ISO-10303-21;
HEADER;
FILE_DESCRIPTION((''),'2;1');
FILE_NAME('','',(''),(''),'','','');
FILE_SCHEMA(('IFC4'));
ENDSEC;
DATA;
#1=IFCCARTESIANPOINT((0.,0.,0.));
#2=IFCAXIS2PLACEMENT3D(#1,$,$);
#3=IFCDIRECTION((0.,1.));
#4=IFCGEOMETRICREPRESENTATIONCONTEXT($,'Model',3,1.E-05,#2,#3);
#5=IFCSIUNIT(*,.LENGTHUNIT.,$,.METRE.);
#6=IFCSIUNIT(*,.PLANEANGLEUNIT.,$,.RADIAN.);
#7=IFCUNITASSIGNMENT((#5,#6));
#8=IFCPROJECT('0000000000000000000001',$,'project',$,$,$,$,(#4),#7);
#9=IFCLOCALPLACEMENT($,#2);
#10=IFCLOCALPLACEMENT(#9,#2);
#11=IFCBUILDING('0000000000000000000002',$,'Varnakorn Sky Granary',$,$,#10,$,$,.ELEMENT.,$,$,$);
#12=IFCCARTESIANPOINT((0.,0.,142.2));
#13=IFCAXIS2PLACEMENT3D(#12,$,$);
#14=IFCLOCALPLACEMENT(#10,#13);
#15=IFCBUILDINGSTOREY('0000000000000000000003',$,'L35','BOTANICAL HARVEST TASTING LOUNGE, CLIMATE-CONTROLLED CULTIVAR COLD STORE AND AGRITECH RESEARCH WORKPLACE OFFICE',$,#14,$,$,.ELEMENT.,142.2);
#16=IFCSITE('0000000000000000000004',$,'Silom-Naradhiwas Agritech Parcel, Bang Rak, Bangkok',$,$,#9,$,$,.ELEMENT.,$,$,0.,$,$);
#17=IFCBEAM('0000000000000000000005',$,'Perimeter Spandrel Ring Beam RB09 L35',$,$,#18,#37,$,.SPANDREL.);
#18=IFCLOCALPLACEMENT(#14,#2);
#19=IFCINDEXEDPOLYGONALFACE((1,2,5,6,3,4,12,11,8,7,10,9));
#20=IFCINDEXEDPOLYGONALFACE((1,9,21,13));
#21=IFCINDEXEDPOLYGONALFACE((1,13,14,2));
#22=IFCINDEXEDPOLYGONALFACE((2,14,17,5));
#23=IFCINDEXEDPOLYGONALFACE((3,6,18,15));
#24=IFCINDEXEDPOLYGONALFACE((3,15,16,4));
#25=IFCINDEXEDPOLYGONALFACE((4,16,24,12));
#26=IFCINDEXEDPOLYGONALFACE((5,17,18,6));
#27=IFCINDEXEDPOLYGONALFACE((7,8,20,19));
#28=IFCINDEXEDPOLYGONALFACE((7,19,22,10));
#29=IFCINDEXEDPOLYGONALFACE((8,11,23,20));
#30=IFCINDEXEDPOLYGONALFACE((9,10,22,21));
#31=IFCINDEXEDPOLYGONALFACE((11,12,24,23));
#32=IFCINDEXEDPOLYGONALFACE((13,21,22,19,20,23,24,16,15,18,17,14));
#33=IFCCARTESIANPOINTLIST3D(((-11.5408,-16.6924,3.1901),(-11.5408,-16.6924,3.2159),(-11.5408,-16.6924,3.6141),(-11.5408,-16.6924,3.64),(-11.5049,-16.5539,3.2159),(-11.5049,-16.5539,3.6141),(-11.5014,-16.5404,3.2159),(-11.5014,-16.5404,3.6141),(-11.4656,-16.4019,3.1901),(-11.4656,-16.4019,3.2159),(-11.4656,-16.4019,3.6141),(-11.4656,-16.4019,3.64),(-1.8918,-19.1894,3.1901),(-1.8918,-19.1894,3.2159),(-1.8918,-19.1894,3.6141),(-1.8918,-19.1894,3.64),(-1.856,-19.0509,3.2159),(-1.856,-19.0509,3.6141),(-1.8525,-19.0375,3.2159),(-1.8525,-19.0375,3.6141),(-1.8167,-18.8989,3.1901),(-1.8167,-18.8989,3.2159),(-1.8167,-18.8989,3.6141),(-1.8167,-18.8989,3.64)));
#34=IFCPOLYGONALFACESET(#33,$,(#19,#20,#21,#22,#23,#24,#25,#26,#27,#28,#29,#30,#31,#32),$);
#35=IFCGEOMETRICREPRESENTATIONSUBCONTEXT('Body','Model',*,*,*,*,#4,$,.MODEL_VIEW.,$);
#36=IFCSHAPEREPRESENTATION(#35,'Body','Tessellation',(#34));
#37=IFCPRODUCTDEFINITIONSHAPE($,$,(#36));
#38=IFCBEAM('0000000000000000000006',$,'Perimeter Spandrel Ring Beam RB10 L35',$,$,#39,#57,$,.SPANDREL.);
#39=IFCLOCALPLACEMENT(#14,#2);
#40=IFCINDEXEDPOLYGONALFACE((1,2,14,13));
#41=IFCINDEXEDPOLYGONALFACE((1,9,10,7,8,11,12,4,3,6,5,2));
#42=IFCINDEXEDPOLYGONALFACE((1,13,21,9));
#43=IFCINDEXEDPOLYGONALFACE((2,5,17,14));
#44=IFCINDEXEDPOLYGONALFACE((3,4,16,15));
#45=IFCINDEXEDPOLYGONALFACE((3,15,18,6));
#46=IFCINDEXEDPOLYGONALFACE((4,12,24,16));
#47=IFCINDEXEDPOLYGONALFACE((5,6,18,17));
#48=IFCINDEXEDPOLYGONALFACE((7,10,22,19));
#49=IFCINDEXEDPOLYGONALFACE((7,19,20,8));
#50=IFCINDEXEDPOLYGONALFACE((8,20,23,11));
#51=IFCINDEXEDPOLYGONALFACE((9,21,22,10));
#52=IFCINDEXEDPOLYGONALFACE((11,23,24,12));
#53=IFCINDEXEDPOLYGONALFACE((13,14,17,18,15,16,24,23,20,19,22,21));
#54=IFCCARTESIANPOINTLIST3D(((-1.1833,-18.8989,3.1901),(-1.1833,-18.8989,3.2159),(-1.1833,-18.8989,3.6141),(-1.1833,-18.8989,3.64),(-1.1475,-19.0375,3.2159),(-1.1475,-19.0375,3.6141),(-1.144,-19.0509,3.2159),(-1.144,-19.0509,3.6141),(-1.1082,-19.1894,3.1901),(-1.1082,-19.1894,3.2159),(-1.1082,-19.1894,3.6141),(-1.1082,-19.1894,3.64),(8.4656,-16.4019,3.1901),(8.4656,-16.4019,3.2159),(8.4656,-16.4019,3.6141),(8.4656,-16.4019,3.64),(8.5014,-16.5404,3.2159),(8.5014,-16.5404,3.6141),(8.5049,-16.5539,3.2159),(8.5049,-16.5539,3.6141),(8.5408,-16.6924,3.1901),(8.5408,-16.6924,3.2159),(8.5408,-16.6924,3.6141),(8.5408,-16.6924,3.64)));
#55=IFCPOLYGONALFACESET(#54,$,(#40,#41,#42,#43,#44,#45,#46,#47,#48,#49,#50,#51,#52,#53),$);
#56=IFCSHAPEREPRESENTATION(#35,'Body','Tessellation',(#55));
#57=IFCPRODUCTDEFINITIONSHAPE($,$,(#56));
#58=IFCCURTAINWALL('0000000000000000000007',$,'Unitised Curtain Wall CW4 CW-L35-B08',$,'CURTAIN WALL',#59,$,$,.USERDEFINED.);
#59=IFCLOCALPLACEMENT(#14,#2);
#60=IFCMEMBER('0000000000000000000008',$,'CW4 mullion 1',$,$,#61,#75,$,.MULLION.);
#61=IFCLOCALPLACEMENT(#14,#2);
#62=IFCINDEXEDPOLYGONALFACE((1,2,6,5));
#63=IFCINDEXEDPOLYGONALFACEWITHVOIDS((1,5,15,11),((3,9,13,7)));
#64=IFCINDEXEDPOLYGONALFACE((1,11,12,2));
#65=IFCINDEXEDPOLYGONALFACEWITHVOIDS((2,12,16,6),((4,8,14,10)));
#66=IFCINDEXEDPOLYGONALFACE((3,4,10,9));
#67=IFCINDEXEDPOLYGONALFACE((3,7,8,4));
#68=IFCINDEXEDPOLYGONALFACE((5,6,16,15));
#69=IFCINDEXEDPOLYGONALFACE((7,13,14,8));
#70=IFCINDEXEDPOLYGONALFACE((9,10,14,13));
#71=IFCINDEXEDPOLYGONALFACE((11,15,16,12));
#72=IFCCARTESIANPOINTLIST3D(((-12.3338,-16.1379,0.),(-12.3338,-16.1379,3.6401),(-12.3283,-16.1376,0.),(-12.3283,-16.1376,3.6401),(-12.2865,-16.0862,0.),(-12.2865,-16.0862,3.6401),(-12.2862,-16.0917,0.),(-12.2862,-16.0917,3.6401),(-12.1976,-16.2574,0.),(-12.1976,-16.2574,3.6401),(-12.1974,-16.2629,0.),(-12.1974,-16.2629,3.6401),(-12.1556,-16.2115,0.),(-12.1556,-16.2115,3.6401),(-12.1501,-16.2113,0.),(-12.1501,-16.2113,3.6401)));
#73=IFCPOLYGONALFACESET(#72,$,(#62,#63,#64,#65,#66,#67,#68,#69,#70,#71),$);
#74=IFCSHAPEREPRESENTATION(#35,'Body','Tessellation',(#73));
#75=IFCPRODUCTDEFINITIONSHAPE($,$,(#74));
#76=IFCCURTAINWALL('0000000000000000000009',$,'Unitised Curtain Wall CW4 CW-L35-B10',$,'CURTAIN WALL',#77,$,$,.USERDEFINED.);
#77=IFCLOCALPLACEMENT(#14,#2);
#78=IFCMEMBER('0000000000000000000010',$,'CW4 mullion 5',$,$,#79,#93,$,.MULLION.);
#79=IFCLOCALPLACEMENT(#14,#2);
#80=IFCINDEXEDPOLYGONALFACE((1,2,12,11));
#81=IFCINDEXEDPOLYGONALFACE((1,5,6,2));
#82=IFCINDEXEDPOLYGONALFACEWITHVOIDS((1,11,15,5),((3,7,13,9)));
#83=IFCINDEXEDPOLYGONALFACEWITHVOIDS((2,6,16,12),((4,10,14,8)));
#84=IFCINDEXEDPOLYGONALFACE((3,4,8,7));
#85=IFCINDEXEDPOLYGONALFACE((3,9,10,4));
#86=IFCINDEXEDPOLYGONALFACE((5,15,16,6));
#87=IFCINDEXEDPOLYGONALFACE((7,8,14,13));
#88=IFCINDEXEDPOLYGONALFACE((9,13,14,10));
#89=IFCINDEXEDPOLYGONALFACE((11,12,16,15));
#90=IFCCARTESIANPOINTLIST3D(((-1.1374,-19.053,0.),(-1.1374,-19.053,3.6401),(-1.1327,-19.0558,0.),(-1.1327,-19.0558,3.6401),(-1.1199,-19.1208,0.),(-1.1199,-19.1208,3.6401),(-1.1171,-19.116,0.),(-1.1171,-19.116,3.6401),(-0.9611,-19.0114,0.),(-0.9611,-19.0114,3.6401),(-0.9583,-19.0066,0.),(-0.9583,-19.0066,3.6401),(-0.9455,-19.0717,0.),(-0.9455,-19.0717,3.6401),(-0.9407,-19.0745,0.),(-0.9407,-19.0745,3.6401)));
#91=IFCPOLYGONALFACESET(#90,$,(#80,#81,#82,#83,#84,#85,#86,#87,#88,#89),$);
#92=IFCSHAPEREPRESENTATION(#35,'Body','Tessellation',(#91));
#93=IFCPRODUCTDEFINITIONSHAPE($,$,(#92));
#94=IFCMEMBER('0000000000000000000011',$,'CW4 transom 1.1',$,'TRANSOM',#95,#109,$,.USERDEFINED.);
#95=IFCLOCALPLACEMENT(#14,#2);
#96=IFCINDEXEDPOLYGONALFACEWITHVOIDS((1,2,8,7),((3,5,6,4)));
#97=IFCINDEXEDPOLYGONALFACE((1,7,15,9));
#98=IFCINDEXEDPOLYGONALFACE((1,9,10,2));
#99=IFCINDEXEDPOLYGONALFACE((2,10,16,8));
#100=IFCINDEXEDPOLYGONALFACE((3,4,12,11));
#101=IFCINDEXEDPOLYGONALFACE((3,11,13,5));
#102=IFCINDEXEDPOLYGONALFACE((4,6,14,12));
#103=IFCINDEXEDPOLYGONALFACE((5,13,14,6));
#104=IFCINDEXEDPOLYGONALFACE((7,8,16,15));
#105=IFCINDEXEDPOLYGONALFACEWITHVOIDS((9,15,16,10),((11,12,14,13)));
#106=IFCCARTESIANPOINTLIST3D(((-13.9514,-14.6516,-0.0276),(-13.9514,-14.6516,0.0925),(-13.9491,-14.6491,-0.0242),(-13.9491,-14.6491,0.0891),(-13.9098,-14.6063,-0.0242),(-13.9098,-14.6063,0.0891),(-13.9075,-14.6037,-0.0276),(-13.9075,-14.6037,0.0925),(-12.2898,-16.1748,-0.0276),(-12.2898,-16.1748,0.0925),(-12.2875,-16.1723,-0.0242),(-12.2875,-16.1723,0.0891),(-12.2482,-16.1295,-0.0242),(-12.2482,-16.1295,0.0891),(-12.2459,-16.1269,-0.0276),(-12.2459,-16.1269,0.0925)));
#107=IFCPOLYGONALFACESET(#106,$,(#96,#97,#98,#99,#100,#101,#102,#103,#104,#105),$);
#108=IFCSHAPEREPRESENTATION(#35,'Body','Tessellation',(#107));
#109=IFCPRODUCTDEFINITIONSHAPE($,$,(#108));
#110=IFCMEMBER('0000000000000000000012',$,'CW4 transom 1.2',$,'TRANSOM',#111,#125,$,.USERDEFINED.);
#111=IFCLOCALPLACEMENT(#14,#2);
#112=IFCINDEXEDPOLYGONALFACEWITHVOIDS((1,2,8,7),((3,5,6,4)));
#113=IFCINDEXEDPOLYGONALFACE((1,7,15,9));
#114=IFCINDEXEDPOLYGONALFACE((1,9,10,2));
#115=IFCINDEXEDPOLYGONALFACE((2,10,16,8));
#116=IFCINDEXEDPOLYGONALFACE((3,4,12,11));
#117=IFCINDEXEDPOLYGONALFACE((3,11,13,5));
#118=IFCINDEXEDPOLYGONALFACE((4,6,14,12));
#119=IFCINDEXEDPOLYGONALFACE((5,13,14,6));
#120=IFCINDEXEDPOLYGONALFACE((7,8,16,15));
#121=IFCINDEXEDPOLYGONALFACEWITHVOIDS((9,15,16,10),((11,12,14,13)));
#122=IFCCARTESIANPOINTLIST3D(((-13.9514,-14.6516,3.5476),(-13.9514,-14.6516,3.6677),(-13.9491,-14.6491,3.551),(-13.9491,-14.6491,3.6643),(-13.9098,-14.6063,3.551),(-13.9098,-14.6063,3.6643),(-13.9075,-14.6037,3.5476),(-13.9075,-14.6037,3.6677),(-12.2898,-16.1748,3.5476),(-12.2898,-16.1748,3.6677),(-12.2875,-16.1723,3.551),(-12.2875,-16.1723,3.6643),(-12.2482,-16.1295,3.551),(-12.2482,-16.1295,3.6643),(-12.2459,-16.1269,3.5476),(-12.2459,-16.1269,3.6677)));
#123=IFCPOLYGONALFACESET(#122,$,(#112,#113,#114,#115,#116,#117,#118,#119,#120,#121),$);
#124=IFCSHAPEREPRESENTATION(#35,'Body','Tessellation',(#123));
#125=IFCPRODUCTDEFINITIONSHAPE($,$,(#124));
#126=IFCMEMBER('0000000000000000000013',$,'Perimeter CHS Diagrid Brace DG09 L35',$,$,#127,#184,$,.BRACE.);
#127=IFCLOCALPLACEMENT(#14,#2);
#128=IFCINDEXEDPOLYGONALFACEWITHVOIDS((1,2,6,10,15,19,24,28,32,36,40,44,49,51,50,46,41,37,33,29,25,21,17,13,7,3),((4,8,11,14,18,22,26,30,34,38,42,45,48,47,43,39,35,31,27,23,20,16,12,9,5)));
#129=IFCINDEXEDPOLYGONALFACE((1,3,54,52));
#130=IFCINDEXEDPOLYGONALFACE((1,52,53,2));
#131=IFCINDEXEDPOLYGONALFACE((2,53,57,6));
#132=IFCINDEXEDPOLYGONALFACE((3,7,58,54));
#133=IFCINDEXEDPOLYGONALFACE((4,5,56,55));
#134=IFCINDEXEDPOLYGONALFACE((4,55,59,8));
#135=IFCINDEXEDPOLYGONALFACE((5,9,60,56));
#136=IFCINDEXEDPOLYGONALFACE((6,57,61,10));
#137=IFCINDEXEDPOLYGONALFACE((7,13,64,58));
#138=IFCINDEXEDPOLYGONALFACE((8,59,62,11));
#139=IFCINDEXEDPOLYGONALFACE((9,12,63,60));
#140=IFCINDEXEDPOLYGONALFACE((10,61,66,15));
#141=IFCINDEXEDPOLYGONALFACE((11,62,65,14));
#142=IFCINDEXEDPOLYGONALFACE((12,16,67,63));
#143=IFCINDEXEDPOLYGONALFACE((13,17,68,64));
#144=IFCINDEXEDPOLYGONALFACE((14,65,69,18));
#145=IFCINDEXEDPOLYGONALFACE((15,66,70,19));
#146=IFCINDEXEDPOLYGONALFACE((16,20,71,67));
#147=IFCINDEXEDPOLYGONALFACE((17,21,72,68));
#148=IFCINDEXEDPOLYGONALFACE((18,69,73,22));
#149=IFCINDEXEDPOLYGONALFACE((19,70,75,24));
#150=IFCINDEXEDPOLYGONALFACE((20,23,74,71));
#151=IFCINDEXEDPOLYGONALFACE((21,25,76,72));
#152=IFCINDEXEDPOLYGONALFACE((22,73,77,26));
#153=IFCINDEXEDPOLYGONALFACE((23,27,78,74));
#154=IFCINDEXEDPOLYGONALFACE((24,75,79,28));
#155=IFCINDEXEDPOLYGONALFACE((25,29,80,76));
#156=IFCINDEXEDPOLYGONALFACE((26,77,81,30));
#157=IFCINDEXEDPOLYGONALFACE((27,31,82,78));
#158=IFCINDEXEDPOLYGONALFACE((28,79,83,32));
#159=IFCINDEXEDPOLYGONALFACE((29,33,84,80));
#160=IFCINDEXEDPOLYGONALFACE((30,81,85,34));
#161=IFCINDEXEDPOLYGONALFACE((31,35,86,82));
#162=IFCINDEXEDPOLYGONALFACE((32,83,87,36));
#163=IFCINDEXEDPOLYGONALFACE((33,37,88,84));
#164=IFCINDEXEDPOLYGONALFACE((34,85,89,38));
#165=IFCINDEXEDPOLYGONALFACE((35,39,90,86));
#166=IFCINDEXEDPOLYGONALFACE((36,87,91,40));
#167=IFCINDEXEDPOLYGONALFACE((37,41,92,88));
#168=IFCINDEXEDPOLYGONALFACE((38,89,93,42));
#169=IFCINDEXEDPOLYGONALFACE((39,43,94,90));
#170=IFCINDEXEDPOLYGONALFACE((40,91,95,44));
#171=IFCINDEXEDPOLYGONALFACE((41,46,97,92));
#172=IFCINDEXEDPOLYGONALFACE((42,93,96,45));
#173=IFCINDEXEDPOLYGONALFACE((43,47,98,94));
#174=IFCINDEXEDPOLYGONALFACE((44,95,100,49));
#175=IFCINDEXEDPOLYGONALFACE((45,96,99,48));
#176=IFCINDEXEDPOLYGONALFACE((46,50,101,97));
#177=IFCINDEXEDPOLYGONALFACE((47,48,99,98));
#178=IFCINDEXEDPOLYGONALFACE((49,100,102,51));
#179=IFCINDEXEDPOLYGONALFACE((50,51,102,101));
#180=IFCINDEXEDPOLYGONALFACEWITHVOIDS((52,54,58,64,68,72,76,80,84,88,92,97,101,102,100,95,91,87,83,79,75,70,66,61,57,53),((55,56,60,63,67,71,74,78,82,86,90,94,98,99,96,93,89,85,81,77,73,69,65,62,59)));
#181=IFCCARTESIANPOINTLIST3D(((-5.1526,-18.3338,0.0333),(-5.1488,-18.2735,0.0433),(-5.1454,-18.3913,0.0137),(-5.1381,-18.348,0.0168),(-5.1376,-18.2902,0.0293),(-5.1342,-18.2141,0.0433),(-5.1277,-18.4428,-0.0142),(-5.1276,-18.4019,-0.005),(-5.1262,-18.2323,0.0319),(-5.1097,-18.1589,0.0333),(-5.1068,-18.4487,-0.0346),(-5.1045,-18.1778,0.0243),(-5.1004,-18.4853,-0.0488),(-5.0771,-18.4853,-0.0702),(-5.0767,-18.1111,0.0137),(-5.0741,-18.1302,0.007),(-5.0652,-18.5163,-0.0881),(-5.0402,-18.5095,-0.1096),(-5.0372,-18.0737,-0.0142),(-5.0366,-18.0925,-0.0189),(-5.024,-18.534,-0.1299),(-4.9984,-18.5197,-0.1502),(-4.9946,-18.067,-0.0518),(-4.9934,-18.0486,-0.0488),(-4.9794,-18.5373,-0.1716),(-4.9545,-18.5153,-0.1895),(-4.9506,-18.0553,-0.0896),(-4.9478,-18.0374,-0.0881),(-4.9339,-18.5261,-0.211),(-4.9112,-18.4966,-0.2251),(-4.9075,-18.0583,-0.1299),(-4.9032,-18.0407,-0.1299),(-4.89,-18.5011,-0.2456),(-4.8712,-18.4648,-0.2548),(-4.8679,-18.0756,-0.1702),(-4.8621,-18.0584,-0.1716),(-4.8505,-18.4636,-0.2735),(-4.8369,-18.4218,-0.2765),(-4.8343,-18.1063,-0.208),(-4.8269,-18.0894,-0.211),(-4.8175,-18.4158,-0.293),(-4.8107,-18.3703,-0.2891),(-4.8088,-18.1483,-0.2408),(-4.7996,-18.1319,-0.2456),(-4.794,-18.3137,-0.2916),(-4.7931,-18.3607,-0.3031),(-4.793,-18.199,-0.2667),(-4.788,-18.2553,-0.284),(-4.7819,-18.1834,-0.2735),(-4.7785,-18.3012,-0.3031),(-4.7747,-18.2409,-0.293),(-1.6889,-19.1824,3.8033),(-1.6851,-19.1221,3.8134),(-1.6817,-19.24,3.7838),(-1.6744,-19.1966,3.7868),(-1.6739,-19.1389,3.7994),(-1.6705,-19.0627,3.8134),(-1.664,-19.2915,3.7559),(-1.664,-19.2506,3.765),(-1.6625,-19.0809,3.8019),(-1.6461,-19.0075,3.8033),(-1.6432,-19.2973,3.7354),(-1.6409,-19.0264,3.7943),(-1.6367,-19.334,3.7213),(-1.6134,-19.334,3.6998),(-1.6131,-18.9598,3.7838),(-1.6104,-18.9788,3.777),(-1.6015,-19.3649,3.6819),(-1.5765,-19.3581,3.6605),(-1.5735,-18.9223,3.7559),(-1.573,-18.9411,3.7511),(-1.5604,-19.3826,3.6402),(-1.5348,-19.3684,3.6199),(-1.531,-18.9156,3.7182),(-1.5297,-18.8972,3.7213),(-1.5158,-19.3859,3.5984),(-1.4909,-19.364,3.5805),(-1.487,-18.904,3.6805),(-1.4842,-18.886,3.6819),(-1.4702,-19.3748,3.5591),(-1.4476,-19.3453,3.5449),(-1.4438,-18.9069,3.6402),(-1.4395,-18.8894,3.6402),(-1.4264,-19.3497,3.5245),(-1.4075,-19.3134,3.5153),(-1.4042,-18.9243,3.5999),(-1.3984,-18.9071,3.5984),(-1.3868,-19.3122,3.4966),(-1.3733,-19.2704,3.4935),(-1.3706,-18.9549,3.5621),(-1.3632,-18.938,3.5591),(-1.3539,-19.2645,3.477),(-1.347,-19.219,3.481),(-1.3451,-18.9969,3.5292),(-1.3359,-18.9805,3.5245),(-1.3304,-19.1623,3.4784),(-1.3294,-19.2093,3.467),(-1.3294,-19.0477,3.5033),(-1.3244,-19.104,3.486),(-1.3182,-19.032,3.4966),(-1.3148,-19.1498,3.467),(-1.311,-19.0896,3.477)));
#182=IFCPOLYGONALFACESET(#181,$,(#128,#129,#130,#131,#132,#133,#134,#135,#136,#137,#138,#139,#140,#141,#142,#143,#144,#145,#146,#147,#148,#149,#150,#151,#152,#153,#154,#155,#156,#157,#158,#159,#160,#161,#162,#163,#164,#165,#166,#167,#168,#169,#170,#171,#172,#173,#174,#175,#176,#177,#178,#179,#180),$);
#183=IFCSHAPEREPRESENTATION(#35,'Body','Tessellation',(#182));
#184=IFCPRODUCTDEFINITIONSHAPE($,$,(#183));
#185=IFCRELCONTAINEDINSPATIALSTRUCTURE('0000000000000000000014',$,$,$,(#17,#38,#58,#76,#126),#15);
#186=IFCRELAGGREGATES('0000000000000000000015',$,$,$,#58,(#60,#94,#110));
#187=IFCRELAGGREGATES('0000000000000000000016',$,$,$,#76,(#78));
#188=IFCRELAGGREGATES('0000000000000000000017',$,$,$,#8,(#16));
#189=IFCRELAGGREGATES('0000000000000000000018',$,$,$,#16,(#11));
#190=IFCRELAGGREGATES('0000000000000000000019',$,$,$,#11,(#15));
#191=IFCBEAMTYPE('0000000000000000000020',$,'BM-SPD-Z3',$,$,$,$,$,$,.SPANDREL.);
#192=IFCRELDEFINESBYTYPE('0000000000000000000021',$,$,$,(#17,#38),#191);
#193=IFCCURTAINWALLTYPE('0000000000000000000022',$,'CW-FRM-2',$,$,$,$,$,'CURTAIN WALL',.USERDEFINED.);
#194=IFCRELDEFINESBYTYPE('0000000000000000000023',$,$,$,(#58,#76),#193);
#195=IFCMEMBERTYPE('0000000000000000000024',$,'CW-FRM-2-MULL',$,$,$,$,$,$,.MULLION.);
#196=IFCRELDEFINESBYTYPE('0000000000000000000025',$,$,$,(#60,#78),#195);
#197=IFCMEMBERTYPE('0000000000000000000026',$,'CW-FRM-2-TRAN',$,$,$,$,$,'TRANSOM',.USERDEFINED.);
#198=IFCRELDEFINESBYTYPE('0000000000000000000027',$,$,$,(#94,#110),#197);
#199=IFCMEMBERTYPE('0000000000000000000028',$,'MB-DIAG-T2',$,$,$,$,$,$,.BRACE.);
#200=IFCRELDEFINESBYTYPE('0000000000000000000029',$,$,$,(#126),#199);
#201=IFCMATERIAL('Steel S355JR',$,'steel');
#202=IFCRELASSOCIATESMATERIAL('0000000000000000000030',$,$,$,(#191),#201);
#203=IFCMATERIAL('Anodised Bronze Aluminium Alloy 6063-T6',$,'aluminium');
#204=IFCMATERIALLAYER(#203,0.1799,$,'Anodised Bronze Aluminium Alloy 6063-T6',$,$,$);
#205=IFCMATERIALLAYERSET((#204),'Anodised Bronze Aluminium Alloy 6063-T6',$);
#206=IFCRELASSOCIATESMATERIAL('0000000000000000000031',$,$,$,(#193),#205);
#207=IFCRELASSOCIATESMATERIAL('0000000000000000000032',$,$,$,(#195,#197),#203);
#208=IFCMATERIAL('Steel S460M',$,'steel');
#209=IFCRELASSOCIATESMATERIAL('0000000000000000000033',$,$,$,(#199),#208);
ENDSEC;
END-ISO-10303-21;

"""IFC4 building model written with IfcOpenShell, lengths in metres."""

from ifc_helpers import new_model, si_unit, direction, frame, origin, origin_2d, place, context, subcontext, project, spatial, hollow_rectangle, hollow_circle, i_section, extrude, material, layer, layer_set, material_profile, profile_set, type_object, element, aggregate, save


model = new_model("IFC4")

# Units and contexts
model_context = context("Model", 3, precision=1e-05, world=origin(), true_north=direction((0.0, 1.0)))
body_context = subcontext(model_context, "Body", "Model", "MODEL_VIEW")
ifc_project = project(units=[si_unit("LENGTHUNIT", "METRE"), si_unit("PLANEANGLEUNIT", "RADIAN")], contexts=[model_context])

# Site, building, storey
site_placement = place(None, origin())
site = spatial("IfcSite", under=ifc_project, at=site_placement, Name="Silom-Naradhiwas Agritech Parcel, Bang Rak, Bangkok", CompositionType="ELEMENT", RefElevation=0.0)
building_placement = place(site_placement, origin())
building = spatial("IfcBuilding", under=site, at=building_placement, Name="Varnakorn Sky Granary", CompositionType="ELEMENT")
storey_placement = place(building_placement, frame((0.0, 0.0, 142.2)))
storey = spatial("IfcBuildingStorey", under=building, at=storey_placement, Name="L35", Description="BOTANICAL HARVEST TASTING LOUNGE, CLIMATE-CONTROLLED CULTIVAR COLD STORE AND AGRITECH RESEARCH WORKPLACE OFFICE", CompositionType="ELEMENT", Elevation=142.2)

# Shared definitions
ifc_material_1 = material(Name="Steel S460M", Category="steel")

# Beams
ifc_material_2 = material(Name="Steel S355JR", Category="steel")
ifc_material_profile_1 = material_profile(ifc_material_2, i_section(OverallWidth=0.3, OverallDepth=0.45, WebThickness=0.0139, FlangeThickness=0.0259, at=origin_2d()), Name="HE 450 B")
ifc_profile_set_1 = profile_set([ifc_material_profile_1], Name="Steel S355JR")
beam_type_1 = type_object("IfcBeamType", Name="BM-SPD-Z3", PredefinedType="SPANDREL", material=ifc_profile_set_1)
for number, where, z_axis, x_axis, name in (
    (1, (-11.5032, -16.5471, 3.415), (0.968107, -0.250539, 0.0), (0.250539, 0.968107, 0.0), "Perimeter Spandrel Ring Beam RB09 L35"),
    (2, (-1.1458, -19.0442, 3.415), (0.968107, 0.250539, 0.0), (-0.250539, 0.968107, 0.0), "Perimeter Spandrel Ring Beam RB10 L35"),
):
    element("IfcBeam", number, at=place(storey_placement, frame(where, z_axis=z_axis, x_axis=x_axis)), inside=storey, type_object=beam_type_1, Name=name, PredefinedType="SPANDREL", context=body_context, shape_type="SweptSolid", body=[
        extrude(i_section(OverallWidth=0.3, OverallDepth=0.45, WebThickness=0.0139, FlangeThickness=0.0259, at=origin_2d()), origin(), (0.0, 0.0, 1.0), 9.9668),
    ])

# Curtain walls, members
ifc_material_3 = material(Name="Anodised Bronze Aluminium Alloy 6063-T6", Category="aluminium")
ifc_layer_1 = layer(ifc_material_3, 0.1799, Name="Anodised Bronze Aluminium Alloy 6063-T6")
ifc_layer_set_1 = layer_set([ifc_layer_1], Name="Anodised Bronze Aluminium Alloy 6063-T6")
curtain_wall_type = type_object("IfcCurtainWallType", Name="CW-FRM-2", ElementType="CURTAIN WALL", PredefinedType="USERDEFINED", material=ifc_layer_set_1)
curtain_wall_1_placement = place(storey_placement, origin())
curtain_wall_1 = element("IfcCurtainWall", 3, at=curtain_wall_1_placement, inside=storey, type_object=curtain_wall_type, Name="Unitised Curtain Wall CW4 CW-L35-B08", ObjectType="CURTAIN WALL", PredefinedType="USERDEFINED")
ifc_material_profile_2 = material_profile(ifc_material_3, hollow_rectangle(XDim=0.0701, YDim=0.1851, WallThickness=0.0039, at=origin_2d()), Name="ALU MULL 70x185")
ifc_profile_set_2 = profile_set([ifc_material_profile_2], Name="Anodised Bronze Aluminium Alloy 6063-T6")
member_type_1 = type_object("IfcMemberType", Name="CW-FRM-2-MULL", PredefinedType="MULLION", material=ifc_profile_set_2)
member_1_placement = place(storey_placement, frame((-12.2419, -16.1746, 0.0), z_axis=(0.0, 0.0, 1.0), x_axis=(-0.675685, -0.737191, 0.0)))
member_1 = element("IfcMember", 4, at=member_1_placement, type_object=member_type_1, Name="CW4 mullion 1", PredefinedType="MULLION", context=body_context, shape_type="SweptSolid", body=[
    extrude(hollow_rectangle(XDim=0.0701, YDim=0.1851, WallThickness=0.0039, at=origin_2d()), origin(), (0.0, 0.0, 1.0), 3.6401),
])
curtain_wall_2_placement = place(storey_placement, origin())
curtain_wall_2 = element("IfcCurtainWall", 5, at=curtain_wall_2_placement, inside=storey, type_object=curtain_wall_type, Name="Unitised Curtain Wall CW4 CW-L35-B10", ObjectType="CURTAIN WALL", PredefinedType="USERDEFINED")
member_2_placement = place(storey_placement, frame((-1.0391, -19.0637, 0.0), z_axis=(0.0, 0.0, 1.0), x_axis=(0.250348, -0.968156, 0.0)))
member_2 = element("IfcMember", 6, at=member_2_placement, type_object=member_type_1, Name="CW4 mullion 5", PredefinedType="MULLION", context=body_context, shape_type="SweptSolid", body=[
    extrude(hollow_rectangle(XDim=0.0701, YDim=0.1851, WallThickness=0.0039, at=origin_2d()), origin(), (0.0, 0.0, 1.0), 3.6401),
])

# Members
ifc_material_profile_3 = material_profile(ifc_material_3, hollow_rectangle(XDim=0.0649, YDim=0.1201, WallThickness=0.0034, at=origin_2d()), Name="ALU TRAN 65x120")
ifc_profile_set_3 = profile_set([ifc_material_profile_3], Name="Anodised Bronze Aluminium Alloy 6063-T6")
member_type_2 = type_object("IfcMemberType", Name="CW-FRM-2-TRAN", ElementType="TRANSOM", PredefinedType="USERDEFINED", material=ifc_profile_set_3)
member_3_placement = place(storey_placement, frame((-12.2678, -16.1509, 0.0325), z_axis=(-0.737145, 0.675734, 0.0), x_axis=(-0.675734, -0.737145, 0.0)))
member_3 = element("IfcMember", 7, at=member_3_placement, type_object=member_type_2, Name="CW4 transom 1.1", ObjectType="TRANSOM", PredefinedType="USERDEFINED", context=body_context, shape_type="SweptSolid", body=[
    extrude(hollow_rectangle(XDim=0.0649, YDim=0.1201, WallThickness=0.0034, at=origin_2d()), origin(), (0.0, 0.0, 1.0), 2.2542),
])
member_4_placement = place(storey_placement, frame((-12.2678, -16.1509, 3.6077), z_axis=(-0.737145, 0.675734, 0.0), x_axis=(-0.675734, -0.737145, 0.0)))
member_4 = element("IfcMember", 8, at=member_4_placement, type_object=member_type_2, Name="CW4 transom 1.2", ObjectType="TRANSOM", PredefinedType="USERDEFINED", context=body_context, shape_type="SweptSolid", body=[
    extrude(hollow_rectangle(XDim=0.0649, YDim=0.1201, WallThickness=0.0034, at=origin_2d()), origin(), (0.0, 0.0, 1.0), 2.2542),
])
ifc_material_profile_4 = material_profile(ifc_material_1, hollow_circle(Radius=0.2539, WallThickness=0.0181, at=origin_2d()), Name="CHS 508x18")
ifc_profile_set_4 = profile_set([ifc_material_profile_4], Name="Steel S460M")
member_type_3 = type_object("IfcMemberType", Name="MB-DIAG-T2", PredefinedType="BRACE", material=ifc_profile_set_4)
member_5_placement = place(storey_placement, frame((-4.9636, -18.2874, -0.1299), z_axis=(0.667441, -0.163532, 0.726484), x_axis=(0.237974, 0.971271, 0.0)))
element("IfcMember", 9, at=member_5_placement, inside=storey, type_object=member_type_3, Name="Perimeter CHS Diagrid Brace DG09 L35", PredefinedType="BRACE", context=body_context, shape_type="SweptSolid", body=[
    extrude(hollow_circle(Radius=0.2539, WallThickness=0.0181, at=origin_2d()), origin(), (0.0, 0.0, 1.0), 5.1895),
])

aggregate(curtain_wall_1, [member_1, member_3, member_4])
aggregate(curtain_wall_2, [member_2])

save(model, "model.ifc")
